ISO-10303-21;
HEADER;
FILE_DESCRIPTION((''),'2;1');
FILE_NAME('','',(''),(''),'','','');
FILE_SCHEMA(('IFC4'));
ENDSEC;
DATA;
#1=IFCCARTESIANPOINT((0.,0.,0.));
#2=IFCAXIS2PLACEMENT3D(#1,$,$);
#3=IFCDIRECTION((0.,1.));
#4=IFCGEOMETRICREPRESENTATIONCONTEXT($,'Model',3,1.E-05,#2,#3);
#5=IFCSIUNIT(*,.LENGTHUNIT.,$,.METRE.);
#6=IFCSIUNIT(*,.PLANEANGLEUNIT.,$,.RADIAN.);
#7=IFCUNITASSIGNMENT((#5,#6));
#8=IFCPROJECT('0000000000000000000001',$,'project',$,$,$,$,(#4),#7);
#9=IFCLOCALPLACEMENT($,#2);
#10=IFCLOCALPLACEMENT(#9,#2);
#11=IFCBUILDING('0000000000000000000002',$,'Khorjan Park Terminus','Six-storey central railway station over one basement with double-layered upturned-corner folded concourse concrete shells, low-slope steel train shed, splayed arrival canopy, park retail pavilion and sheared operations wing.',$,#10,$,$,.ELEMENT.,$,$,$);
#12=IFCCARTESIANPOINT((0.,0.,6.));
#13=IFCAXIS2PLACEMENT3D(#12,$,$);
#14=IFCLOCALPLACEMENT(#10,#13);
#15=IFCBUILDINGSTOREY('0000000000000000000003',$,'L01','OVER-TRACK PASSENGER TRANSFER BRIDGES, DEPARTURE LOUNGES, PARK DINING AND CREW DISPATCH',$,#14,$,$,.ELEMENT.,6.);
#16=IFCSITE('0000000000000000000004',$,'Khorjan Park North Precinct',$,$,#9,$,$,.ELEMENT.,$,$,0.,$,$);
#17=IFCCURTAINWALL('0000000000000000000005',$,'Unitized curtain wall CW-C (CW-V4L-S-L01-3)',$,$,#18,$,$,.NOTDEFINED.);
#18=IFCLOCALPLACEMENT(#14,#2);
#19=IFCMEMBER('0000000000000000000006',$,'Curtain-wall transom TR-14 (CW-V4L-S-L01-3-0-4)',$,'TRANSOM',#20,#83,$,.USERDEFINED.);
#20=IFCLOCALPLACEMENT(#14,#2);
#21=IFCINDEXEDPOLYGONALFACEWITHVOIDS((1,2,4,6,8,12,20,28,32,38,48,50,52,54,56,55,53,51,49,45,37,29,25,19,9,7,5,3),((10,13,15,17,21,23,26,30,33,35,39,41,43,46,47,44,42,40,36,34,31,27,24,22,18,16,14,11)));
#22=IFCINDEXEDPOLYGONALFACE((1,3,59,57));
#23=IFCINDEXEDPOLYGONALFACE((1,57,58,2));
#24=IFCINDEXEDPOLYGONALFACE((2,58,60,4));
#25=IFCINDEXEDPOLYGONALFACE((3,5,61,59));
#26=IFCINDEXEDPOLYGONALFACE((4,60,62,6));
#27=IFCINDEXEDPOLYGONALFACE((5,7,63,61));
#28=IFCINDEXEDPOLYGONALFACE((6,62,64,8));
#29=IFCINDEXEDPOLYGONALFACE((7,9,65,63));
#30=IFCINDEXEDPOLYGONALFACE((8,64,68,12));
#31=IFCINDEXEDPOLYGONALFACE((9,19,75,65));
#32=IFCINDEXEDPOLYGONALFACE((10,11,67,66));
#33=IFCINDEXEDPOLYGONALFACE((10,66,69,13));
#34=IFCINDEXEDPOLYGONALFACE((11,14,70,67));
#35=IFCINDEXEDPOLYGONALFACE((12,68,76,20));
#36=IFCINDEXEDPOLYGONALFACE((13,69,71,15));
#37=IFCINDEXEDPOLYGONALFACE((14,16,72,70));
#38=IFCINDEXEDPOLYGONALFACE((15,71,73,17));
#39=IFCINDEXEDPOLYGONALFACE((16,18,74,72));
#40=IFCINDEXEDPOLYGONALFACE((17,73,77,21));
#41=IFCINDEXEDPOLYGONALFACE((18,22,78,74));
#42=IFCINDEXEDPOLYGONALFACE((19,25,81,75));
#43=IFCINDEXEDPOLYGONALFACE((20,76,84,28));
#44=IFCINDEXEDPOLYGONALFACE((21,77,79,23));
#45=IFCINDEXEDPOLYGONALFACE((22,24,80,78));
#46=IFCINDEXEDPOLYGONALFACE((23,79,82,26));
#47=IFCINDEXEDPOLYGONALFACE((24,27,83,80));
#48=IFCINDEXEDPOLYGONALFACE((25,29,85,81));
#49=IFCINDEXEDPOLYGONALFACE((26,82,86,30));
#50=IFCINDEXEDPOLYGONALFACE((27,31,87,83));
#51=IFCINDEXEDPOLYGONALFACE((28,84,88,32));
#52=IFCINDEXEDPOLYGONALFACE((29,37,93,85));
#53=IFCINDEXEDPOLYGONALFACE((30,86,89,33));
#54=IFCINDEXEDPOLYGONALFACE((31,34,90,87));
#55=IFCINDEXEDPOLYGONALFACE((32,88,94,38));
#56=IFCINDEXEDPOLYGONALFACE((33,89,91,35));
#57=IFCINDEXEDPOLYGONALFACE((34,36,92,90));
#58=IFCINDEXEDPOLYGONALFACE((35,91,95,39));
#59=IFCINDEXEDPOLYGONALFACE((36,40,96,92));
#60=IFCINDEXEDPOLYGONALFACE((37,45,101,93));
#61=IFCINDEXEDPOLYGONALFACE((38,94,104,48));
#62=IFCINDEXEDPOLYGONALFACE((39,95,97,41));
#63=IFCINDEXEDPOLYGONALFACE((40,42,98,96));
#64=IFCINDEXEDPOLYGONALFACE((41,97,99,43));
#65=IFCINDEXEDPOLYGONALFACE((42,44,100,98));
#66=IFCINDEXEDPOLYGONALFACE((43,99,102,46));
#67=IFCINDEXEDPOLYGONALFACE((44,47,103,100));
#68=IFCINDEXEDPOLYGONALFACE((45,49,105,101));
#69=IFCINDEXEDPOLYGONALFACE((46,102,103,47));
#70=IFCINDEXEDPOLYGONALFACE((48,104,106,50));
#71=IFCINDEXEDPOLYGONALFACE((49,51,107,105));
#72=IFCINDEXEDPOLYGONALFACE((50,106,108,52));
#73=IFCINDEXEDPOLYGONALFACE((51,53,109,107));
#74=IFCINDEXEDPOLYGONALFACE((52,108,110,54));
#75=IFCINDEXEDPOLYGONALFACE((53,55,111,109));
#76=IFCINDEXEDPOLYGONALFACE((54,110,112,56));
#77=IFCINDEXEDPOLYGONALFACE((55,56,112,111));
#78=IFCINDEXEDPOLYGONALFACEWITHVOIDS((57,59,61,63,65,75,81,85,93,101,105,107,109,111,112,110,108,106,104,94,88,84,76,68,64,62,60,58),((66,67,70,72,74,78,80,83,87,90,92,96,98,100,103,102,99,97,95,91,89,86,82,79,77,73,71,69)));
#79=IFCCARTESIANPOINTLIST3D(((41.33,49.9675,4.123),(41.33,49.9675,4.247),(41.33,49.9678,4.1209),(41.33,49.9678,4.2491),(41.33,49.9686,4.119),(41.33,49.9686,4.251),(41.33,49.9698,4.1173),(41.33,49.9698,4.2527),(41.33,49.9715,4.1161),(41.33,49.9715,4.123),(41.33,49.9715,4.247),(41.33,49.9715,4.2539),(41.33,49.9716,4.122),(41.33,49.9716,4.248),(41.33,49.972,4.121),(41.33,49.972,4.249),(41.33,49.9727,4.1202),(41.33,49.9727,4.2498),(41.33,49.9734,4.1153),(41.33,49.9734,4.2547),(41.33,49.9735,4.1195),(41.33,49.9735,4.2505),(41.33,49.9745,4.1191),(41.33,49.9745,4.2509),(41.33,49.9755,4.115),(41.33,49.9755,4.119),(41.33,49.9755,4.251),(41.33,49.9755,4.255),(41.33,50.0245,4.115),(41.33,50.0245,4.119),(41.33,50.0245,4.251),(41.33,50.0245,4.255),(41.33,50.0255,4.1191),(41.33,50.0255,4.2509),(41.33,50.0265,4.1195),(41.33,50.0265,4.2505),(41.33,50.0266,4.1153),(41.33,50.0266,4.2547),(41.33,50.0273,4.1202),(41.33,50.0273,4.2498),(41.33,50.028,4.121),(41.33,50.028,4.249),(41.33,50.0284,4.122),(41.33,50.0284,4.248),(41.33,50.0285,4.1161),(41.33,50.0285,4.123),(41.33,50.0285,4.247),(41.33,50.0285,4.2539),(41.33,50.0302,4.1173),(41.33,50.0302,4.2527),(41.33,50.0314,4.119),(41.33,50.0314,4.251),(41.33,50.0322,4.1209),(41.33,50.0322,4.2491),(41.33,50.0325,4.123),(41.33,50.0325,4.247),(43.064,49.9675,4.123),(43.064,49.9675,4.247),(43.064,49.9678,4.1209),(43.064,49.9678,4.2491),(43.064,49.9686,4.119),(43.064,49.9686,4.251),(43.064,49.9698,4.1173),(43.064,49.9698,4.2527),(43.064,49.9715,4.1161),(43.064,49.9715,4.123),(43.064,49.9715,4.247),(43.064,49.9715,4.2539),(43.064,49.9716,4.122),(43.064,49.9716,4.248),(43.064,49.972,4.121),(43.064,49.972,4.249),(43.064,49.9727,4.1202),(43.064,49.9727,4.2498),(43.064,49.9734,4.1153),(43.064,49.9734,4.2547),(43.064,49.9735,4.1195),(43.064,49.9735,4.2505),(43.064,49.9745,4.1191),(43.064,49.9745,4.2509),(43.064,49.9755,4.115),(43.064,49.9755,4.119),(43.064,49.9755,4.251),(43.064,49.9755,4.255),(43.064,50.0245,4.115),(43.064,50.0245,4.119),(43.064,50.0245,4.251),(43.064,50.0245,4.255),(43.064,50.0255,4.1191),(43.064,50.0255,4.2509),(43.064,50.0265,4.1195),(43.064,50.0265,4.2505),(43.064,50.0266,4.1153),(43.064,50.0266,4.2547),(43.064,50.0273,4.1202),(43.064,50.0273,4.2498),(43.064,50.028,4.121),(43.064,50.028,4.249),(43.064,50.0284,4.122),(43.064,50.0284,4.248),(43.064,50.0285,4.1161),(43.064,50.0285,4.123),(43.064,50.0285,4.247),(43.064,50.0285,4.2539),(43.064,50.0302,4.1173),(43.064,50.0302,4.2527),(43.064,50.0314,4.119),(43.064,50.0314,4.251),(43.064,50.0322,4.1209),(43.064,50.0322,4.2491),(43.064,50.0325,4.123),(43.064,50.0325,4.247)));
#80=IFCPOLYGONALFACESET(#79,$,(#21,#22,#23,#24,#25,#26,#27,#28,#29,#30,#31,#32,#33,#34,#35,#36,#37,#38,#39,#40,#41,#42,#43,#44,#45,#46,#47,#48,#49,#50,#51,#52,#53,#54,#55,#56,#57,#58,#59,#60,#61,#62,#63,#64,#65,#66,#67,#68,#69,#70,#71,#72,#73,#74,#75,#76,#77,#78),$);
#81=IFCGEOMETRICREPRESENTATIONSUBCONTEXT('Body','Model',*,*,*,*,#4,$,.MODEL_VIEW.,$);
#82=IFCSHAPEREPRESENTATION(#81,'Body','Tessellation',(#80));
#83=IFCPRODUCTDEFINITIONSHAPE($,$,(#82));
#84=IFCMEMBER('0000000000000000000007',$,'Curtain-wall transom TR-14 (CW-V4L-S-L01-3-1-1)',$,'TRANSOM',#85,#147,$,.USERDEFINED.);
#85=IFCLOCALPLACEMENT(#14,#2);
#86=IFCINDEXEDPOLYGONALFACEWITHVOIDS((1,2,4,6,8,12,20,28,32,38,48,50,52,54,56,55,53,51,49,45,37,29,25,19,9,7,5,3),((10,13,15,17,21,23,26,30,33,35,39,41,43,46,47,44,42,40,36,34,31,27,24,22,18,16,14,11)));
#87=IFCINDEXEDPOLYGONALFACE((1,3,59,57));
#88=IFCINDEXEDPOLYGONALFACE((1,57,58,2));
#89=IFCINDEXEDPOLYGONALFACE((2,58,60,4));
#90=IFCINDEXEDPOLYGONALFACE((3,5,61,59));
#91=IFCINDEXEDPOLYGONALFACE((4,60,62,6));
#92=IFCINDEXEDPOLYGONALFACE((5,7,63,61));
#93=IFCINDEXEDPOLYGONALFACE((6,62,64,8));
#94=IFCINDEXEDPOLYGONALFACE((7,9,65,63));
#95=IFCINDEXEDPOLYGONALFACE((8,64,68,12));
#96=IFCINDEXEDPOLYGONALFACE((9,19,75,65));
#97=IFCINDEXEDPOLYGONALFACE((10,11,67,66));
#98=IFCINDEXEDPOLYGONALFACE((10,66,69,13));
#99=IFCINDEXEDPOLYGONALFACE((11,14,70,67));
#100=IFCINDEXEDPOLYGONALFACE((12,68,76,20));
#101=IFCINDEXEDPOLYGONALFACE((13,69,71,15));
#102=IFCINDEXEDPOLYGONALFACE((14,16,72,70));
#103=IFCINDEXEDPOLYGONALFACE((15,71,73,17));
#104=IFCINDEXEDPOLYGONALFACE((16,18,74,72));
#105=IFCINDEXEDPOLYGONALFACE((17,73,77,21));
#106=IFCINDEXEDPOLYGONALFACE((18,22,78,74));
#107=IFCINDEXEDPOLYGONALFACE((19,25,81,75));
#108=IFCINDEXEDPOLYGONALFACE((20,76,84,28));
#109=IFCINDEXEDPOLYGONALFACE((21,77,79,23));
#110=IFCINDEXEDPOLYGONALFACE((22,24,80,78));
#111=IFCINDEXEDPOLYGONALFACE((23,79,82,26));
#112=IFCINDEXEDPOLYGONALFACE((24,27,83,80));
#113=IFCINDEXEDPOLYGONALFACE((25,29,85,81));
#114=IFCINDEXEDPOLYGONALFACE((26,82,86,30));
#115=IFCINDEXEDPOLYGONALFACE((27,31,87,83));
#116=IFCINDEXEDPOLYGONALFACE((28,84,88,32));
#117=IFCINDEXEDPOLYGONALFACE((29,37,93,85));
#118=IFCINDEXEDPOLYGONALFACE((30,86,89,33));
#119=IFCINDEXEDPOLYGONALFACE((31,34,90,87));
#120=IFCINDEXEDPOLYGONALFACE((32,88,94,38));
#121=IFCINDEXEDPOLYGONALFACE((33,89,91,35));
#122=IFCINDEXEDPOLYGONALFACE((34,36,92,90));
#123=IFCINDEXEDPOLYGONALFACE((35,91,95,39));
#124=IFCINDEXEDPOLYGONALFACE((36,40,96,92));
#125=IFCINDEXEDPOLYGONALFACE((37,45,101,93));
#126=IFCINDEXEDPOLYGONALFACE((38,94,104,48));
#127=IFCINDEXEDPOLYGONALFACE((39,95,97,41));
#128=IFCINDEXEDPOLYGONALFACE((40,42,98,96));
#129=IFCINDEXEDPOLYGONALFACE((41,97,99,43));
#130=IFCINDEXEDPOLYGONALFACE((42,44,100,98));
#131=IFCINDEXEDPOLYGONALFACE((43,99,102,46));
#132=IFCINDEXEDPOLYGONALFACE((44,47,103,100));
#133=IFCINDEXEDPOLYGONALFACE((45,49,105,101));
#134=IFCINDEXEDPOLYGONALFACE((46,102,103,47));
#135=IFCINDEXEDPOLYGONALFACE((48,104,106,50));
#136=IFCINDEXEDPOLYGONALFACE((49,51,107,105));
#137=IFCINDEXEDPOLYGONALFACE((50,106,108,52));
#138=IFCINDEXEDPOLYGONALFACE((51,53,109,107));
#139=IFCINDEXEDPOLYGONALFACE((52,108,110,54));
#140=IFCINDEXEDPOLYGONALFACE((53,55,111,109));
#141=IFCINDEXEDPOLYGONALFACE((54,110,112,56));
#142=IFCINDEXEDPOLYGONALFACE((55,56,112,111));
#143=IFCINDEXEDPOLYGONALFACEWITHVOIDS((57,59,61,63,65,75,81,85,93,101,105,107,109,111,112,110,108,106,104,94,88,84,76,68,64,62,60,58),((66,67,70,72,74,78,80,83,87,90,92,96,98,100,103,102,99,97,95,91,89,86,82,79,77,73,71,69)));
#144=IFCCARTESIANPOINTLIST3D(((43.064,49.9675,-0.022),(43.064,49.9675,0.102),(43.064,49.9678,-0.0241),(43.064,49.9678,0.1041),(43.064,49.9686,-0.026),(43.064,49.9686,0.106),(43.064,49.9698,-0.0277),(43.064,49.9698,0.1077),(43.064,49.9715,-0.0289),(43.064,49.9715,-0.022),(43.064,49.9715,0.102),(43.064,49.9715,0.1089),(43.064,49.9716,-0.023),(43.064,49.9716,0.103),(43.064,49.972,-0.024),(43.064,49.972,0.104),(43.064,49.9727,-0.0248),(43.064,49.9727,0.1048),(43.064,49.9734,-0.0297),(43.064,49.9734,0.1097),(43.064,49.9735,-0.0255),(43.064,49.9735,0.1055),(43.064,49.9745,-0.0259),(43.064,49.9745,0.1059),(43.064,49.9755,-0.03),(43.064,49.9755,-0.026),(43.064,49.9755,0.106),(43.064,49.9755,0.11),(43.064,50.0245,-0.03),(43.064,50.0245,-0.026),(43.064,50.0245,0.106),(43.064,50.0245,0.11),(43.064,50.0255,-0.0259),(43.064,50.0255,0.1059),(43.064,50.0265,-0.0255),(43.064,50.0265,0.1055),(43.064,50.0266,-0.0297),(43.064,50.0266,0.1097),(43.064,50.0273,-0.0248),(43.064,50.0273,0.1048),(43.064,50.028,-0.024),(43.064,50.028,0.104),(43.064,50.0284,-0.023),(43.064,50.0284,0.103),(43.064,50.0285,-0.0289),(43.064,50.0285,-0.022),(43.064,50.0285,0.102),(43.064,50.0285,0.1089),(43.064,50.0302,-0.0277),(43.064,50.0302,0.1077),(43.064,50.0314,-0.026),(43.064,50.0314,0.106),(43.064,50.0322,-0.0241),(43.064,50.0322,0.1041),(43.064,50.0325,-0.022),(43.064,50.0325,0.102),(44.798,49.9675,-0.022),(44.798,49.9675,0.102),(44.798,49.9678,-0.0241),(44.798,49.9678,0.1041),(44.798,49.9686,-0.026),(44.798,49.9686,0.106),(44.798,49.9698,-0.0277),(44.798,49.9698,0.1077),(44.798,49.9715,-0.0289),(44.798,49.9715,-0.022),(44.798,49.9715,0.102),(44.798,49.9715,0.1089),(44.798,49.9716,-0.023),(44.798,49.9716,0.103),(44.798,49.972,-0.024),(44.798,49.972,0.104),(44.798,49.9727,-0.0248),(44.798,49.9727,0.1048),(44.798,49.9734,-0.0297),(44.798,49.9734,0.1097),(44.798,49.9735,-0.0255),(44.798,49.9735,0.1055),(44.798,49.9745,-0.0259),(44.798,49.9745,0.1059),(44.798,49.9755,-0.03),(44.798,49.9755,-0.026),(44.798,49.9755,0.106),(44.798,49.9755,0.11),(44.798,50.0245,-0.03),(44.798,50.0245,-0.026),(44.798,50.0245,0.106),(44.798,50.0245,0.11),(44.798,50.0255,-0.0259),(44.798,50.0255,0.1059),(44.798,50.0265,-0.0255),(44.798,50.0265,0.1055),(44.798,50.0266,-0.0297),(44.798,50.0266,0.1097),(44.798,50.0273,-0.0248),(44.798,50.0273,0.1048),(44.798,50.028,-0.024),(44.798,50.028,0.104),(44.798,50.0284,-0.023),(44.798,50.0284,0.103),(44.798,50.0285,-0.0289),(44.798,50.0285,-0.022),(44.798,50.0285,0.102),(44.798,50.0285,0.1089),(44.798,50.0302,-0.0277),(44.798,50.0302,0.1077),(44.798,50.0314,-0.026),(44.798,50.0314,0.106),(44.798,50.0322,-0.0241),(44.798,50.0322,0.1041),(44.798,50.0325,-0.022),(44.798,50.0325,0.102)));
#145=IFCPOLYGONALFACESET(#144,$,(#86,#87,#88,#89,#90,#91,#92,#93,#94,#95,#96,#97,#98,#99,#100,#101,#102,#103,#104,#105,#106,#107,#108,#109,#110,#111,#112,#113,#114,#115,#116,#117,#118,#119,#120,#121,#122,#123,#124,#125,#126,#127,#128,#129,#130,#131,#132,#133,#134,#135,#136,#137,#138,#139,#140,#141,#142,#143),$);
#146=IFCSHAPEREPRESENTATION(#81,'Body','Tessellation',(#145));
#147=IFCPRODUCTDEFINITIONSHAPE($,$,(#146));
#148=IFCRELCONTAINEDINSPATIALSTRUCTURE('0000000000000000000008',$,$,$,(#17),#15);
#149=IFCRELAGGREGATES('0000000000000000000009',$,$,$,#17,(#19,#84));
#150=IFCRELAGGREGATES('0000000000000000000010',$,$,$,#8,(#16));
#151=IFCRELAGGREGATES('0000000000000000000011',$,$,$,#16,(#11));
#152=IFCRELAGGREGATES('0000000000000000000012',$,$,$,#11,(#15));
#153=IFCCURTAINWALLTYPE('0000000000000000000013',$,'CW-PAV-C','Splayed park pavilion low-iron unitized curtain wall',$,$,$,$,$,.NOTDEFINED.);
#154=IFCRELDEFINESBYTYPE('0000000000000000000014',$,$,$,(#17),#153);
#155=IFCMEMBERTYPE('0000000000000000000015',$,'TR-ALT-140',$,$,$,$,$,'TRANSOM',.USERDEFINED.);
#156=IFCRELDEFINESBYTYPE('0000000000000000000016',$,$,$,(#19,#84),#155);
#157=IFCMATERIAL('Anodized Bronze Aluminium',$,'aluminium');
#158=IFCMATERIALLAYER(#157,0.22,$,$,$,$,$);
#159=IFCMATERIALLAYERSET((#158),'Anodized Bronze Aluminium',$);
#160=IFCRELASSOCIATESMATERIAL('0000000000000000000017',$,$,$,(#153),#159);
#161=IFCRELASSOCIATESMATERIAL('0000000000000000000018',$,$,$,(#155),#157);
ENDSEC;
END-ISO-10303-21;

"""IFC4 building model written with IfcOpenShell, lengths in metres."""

from ifc_helpers import new_model, si_unit, direction, frame, origin, origin_2d, place, context, subcontext, project, spatial, hollow_rectangle, extrude, material, layer, layer_set, material_profile, profile_set, type_object, element, aggregate, save


model = new_model("IFC4")

# Units and contexts
model_context = context("Model", 3, precision=1e-05, world=origin(), true_north=direction((0.0, 1.0)))
body_context = subcontext(model_context, "Body", "Model", "MODEL_VIEW")
ifc_project = project(units=[si_unit("LENGTHUNIT", "METRE"), si_unit("PLANEANGLEUNIT", "RADIAN")], contexts=[model_context])

# Site, building, storey
site_placement = place(None, origin())
site = spatial("IfcSite", under=ifc_project, at=site_placement, Name="Khorjan Park North Precinct", CompositionType="ELEMENT", RefElevation=0.0)
building_placement = place(site_placement, origin())
building = spatial("IfcBuilding", under=site, at=building_placement, Name="Khorjan Park Terminus", Description="Six-storey central railway station over one basement with double-layered upturned-corner folded concourse concrete shells, low-slope steel train shed, splayed arrival canopy, park retail pavilion and sheared operations wing.", CompositionType="ELEMENT")
storey_placement = place(building_placement, frame((0.0, 0.0, 6.0)))
storey = spatial("IfcBuildingStorey", under=building, at=storey_placement, Name="L01", Description="OVER-TRACK PASSENGER TRANSFER BRIDGES, DEPARTURE LOUNGES, PARK DINING AND CREW DISPATCH", CompositionType="ELEMENT", Elevation=6.0)

# Shared definitions
ifc_material_1 = material(Name="Anodized Bronze Aluminium", Category="aluminium")
ifc_layer_1 = layer(ifc_material_1, 0.22)
ifc_layer_set_1 = layer_set([ifc_layer_1], Name="Anodized Bronze Aluminium")
curtain_wall_type = type_object("IfcCurtainWallType", Name="CW-PAV-C", Description="Splayed park pavilion low-iron unitized curtain wall", PredefinedType="NOTDEFINED", material=ifc_layer_set_1)

# Curtain wall
curtain_wall_1_placement = place(storey_placement, origin())
curtain_wall_1 = element("IfcCurtainWall", 1, at=curtain_wall_1_placement, inside=storey, type_object=curtain_wall_type, Name="Unitized curtain wall CW-C (CW-V4L-S-L01-3)", PredefinedType="NOTDEFINED")

# Members
ifc_material_profile_1 = material_profile(ifc_material_1, hollow_rectangle(XDim=0.065, YDim=0.14, WallThickness=0.004, InnerFilletRadius=0.004, OuterFilletRadius=0.008, at=origin_2d()), Name="ALT 65x140x4")
ifc_profile_set_1 = profile_set([ifc_material_profile_1], Name="Anodized Bronze Aluminium")
member_type_1 = type_object("IfcMemberType", Name="TR-ALT-140", ElementType="TRANSOM", PredefinedType="USERDEFINED", material=ifc_profile_set_1)
member_1_placement = place(storey_placement, frame((41.33, 50.0, 4.185), z_axis=(1.0, 0.0, 0.0), x_axis=(0.0, 1.0, 0.0)))
member_1 = element("IfcMember", 2, at=member_1_placement, type_object=member_type_1, Name="Curtain-wall transom TR-14 (CW-V4L-S-L01-3-0-4)", ObjectType="TRANSOM", PredefinedType="USERDEFINED", context=body_context, shape_type="SweptSolid", body=[
    extrude(hollow_rectangle(XDim=0.065, YDim=0.14, WallThickness=0.004, InnerFilletRadius=0.004, OuterFilletRadius=0.008, at=origin_2d()), origin(), (0.0, 0.0, 1.0), 1.734),
])
member_2_placement = place(storey_placement, frame((43.064, 50.0, 0.04), z_axis=(1.0, 0.0, 0.0), x_axis=(0.0, 1.0, 0.0)))
member_2 = element("IfcMember", 3, at=member_2_placement, type_object=member_type_1, Name="Curtain-wall transom TR-14 (CW-V4L-S-L01-3-1-1)", ObjectType="TRANSOM", PredefinedType="USERDEFINED", context=body_context, shape_type="SweptSolid", body=[
    extrude(hollow_rectangle(XDim=0.065, YDim=0.14, WallThickness=0.004, InnerFilletRadius=0.004, OuterFilletRadius=0.008, at=origin_2d()), origin(), (0.0, 0.0, 1.0), 1.734),
])

aggregate(curtain_wall_1, [member_1, member_2])

save(model, "model.ifc")
